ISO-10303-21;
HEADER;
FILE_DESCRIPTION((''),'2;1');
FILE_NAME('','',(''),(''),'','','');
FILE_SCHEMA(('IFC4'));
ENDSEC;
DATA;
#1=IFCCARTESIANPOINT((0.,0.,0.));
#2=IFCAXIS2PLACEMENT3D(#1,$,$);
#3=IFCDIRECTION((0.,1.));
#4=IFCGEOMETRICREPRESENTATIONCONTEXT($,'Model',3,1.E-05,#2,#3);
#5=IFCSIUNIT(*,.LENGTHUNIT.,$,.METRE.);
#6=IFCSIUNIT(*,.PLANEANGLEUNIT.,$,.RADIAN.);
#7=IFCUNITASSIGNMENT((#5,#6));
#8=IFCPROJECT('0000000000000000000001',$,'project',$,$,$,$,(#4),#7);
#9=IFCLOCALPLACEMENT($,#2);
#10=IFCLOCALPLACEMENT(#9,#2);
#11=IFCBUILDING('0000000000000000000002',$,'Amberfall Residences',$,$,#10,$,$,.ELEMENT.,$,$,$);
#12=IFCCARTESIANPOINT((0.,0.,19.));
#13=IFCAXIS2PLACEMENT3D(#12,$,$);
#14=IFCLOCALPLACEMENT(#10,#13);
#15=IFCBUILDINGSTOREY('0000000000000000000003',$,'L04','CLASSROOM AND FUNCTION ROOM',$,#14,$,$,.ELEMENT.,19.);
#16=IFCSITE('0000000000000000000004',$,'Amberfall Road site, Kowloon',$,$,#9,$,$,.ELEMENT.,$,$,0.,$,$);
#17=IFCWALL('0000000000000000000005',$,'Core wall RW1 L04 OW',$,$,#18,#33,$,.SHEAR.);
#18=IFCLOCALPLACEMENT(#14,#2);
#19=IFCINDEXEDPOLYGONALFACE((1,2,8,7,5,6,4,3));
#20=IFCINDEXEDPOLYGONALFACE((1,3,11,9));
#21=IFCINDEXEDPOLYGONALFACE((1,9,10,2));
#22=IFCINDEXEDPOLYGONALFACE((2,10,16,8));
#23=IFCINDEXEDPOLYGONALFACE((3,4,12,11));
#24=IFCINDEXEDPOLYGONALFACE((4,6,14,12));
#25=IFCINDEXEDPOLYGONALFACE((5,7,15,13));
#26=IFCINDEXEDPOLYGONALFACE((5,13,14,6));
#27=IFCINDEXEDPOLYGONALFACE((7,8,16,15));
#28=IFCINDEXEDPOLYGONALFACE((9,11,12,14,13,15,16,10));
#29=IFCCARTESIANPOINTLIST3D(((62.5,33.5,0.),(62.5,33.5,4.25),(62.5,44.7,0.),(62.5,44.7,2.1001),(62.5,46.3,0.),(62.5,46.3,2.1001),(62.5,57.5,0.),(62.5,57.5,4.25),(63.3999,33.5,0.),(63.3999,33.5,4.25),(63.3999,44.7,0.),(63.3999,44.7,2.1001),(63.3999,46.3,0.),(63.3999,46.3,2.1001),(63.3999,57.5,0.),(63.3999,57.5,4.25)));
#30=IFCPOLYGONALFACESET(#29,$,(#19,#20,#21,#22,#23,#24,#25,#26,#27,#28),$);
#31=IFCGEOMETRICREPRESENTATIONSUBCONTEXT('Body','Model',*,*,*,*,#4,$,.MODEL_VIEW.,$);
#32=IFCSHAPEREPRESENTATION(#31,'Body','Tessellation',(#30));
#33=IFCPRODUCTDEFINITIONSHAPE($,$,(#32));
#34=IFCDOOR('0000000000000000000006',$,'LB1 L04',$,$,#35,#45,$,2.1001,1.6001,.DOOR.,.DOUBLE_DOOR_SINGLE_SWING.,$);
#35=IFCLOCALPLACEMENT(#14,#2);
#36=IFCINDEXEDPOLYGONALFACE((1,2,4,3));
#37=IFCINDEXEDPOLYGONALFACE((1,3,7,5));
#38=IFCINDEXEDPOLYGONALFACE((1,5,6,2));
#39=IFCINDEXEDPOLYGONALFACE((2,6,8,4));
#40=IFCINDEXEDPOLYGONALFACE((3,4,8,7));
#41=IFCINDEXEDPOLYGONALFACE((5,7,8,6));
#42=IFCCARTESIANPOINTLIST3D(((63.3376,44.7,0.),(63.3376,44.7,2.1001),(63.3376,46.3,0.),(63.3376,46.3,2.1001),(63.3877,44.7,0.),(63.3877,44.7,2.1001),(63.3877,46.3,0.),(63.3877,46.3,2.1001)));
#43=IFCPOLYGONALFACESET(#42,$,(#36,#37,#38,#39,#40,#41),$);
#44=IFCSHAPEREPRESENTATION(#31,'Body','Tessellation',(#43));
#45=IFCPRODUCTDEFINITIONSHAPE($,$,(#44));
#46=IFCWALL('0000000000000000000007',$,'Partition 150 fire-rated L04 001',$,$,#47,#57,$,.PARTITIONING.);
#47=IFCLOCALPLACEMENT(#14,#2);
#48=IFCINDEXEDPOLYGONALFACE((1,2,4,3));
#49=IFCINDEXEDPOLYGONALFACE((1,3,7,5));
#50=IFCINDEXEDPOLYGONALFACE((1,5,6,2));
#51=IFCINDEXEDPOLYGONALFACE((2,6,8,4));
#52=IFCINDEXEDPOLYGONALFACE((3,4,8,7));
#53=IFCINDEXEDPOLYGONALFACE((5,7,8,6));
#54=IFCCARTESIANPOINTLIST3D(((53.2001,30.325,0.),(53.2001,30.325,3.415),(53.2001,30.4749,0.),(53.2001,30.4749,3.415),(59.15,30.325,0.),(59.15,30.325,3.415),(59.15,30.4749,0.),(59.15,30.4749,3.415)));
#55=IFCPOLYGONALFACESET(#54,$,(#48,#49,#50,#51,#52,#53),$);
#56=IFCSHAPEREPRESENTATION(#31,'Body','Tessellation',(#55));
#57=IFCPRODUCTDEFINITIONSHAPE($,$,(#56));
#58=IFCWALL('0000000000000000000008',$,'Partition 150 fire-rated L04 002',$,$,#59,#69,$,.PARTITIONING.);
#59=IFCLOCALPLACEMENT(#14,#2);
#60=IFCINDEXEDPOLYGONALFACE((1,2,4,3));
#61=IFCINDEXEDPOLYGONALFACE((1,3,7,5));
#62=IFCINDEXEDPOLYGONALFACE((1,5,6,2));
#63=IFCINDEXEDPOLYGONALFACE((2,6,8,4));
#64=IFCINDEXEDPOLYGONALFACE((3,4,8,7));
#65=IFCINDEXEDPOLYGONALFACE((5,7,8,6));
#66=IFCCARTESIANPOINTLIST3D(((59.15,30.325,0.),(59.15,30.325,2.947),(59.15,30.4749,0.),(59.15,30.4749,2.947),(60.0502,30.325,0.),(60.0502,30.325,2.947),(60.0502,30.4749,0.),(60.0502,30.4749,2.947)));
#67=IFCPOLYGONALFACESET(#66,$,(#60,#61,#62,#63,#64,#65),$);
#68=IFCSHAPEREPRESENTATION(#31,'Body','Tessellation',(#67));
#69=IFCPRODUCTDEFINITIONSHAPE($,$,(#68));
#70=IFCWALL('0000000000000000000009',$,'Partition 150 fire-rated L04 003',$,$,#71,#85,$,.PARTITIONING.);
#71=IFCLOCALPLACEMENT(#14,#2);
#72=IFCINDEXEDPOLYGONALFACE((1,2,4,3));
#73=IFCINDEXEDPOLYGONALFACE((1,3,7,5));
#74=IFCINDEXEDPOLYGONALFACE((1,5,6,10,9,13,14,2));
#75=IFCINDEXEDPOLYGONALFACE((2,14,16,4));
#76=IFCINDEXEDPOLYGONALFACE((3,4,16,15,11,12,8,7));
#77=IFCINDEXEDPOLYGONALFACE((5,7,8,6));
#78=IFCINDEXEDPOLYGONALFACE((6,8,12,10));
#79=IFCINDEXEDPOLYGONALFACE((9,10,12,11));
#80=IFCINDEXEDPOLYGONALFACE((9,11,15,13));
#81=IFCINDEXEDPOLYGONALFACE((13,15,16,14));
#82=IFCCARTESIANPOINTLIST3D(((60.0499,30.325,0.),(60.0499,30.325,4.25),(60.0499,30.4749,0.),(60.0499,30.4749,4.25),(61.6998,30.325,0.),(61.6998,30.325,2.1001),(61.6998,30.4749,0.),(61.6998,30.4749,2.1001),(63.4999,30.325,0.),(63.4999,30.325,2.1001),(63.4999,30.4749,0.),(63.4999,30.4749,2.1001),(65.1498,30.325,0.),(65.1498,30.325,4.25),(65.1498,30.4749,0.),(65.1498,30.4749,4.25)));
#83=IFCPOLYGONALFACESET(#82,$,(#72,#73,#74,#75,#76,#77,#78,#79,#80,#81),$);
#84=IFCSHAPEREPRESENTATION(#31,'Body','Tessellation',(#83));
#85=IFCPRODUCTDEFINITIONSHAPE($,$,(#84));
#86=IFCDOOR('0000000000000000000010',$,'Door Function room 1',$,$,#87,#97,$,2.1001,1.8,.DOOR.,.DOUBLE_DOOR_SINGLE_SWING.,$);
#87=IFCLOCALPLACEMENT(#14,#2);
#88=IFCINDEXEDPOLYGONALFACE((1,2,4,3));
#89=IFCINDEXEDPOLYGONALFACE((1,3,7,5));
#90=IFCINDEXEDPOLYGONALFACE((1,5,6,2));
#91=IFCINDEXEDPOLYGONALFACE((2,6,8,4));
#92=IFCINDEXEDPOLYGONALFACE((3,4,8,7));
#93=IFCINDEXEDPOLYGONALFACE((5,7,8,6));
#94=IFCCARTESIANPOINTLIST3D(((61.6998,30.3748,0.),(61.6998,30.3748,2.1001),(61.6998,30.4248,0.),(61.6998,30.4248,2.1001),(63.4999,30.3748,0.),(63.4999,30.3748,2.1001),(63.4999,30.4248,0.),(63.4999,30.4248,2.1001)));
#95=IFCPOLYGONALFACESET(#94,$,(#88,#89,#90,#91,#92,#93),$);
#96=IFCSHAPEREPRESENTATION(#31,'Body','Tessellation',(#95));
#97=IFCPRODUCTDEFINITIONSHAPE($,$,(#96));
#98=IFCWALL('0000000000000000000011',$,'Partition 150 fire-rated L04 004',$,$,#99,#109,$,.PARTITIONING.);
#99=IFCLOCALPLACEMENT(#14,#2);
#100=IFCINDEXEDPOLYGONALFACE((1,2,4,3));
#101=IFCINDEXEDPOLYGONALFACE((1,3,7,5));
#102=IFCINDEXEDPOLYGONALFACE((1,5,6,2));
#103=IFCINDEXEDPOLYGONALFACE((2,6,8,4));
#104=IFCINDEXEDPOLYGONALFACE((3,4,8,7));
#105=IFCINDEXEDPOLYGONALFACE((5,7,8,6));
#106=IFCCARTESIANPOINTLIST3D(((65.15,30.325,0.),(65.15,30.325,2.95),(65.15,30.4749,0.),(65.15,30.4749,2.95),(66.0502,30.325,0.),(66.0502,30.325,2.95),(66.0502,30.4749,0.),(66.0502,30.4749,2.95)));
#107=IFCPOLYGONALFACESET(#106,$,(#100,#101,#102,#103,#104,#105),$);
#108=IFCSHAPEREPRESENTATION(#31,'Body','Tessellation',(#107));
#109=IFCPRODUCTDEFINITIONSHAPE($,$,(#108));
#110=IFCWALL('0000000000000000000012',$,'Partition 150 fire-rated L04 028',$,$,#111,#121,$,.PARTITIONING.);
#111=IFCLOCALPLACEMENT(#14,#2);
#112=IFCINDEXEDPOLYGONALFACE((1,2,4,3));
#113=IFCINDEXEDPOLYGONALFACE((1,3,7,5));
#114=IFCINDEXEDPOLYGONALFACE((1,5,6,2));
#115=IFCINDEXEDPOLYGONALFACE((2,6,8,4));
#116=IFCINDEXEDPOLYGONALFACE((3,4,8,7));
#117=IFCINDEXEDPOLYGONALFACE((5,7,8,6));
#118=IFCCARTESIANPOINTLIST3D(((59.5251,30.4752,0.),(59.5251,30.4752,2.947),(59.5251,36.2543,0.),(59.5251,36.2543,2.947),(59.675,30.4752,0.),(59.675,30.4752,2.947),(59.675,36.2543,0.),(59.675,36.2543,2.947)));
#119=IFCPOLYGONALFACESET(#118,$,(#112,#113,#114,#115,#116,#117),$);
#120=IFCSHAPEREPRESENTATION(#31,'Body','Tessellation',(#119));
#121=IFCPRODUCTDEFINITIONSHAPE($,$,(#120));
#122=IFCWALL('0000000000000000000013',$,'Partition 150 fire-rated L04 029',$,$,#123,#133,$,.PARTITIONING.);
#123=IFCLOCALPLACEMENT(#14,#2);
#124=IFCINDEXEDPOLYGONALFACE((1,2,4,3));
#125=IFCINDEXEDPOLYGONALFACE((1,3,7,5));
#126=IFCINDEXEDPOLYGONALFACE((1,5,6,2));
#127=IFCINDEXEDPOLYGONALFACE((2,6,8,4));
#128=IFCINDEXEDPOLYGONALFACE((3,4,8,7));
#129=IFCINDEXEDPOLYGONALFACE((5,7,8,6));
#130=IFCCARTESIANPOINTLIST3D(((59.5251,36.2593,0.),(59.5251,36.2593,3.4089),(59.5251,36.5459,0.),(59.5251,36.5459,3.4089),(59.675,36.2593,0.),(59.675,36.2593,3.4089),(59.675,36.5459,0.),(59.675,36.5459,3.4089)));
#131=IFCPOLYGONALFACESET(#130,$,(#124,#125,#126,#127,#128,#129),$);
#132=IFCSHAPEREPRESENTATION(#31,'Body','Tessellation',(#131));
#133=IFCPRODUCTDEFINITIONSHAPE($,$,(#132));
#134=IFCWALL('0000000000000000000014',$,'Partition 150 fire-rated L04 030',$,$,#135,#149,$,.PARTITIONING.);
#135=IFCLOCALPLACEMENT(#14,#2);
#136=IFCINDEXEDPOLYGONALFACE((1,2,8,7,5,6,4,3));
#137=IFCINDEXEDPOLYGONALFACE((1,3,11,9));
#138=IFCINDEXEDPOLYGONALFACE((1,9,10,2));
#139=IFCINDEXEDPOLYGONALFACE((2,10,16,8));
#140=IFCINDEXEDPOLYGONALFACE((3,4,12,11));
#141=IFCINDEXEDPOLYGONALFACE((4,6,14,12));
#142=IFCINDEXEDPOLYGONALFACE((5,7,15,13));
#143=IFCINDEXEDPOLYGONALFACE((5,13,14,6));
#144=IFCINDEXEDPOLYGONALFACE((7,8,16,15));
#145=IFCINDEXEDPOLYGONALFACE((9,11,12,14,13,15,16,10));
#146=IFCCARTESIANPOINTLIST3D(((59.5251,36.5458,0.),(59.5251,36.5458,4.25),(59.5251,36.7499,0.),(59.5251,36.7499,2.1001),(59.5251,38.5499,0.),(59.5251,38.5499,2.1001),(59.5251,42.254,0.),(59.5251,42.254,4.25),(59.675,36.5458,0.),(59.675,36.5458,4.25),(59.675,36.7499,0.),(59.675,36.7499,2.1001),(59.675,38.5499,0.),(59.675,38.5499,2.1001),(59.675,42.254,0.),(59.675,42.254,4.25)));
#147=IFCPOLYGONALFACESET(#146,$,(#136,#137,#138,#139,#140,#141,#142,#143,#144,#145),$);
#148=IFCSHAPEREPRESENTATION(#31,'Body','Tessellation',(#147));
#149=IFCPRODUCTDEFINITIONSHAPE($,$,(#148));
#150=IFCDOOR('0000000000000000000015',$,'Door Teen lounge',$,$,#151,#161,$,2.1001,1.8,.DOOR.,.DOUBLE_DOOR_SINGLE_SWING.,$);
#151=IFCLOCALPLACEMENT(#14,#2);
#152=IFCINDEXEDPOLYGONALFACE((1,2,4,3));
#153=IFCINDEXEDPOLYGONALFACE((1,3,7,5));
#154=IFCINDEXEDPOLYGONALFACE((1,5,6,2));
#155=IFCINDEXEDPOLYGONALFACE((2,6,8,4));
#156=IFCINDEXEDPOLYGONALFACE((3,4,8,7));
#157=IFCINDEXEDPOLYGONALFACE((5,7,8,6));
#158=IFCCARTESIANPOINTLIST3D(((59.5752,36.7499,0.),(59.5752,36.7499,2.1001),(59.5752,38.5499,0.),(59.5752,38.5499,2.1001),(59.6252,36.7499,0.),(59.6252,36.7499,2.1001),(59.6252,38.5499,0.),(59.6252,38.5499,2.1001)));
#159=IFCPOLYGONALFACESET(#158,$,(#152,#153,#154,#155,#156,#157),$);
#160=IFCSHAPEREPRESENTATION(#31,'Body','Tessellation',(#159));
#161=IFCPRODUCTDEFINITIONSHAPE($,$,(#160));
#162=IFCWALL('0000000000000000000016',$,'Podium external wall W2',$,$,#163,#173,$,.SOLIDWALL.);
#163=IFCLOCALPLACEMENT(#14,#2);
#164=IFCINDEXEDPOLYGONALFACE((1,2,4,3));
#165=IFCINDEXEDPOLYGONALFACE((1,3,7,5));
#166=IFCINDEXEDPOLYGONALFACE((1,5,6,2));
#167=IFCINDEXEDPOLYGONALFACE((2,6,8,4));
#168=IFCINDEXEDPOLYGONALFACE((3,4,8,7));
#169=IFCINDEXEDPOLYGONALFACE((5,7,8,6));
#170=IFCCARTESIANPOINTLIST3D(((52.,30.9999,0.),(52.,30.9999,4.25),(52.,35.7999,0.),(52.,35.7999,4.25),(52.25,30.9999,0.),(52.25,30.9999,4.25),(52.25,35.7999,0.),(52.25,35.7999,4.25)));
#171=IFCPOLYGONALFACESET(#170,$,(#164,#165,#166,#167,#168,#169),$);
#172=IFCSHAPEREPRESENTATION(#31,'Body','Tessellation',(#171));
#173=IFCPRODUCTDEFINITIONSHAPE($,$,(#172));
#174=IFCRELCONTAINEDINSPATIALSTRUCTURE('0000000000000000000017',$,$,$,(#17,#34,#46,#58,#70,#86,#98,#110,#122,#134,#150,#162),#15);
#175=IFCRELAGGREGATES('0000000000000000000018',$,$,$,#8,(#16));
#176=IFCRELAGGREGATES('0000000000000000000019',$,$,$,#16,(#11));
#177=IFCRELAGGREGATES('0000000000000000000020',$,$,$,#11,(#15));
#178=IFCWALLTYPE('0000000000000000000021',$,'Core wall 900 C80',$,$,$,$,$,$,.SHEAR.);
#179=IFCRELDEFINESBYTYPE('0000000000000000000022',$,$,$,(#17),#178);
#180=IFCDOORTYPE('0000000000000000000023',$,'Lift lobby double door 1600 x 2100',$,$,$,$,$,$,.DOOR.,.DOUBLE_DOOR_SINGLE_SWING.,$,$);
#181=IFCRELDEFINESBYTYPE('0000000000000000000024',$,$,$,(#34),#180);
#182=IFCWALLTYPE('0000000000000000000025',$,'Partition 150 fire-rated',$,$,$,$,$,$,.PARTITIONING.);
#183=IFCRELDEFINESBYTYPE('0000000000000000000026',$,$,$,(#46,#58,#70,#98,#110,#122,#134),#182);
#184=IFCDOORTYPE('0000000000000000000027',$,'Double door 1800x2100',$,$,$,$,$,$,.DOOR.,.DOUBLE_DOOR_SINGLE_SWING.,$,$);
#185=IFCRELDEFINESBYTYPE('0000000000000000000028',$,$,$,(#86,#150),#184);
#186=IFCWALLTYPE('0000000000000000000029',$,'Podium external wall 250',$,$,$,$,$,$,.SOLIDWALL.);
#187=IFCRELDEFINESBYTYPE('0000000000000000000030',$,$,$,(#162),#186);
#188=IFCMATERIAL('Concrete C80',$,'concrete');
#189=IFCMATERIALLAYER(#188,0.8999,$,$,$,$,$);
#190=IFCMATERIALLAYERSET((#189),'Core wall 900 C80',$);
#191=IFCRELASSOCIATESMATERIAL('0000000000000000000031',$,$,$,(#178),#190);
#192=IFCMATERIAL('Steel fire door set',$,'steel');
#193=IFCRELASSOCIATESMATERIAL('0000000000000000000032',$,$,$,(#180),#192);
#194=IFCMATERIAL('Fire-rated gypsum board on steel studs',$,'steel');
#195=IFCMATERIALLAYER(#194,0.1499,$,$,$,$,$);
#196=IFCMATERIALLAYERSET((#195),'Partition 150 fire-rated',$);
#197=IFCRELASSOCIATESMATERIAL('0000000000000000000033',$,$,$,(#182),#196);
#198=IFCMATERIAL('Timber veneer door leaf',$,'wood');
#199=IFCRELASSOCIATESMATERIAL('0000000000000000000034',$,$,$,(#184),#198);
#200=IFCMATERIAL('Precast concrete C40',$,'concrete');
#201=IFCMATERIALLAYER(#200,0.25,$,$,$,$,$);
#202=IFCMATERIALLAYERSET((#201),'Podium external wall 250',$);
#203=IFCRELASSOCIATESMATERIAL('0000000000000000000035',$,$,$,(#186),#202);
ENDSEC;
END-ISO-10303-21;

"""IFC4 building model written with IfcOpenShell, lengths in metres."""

from ifc_helpers import new_model, si_unit, direction, frame, frame_2d, origin, place, context, subcontext, project, spatial, rectangle, extrude, material, layer, layer_set, type_object, element, fill, save


model = new_model("IFC4")

# Units and contexts
model_context = context("Model", 3, precision=1e-05, world=origin(), true_north=direction((0.0, 1.0)))
body_context = subcontext(model_context, "Body", "Model", "MODEL_VIEW")
ifc_project = project(units=[si_unit("LENGTHUNIT", "METRE"), si_unit("PLANEANGLEUNIT", "RADIAN")], contexts=[model_context])

# Site, building, storey
site_placement = place(None, origin())
site = spatial("IfcSite", under=ifc_project, at=site_placement, Name="Amberfall Road site, Kowloon", CompositionType="ELEMENT", RefElevation=0.0)
building_placement = place(site_placement, origin())
building = spatial("IfcBuilding", under=site, at=building_placement, Name="Amberfall Residences", CompositionType="ELEMENT")
storey_placement = place(building_placement, frame((0.0, 0.0, 19.0)))
storey = spatial("IfcBuildingStorey", under=building, at=storey_placement, Name="L04", Description="CLASSROOM AND FUNCTION ROOM", CompositionType="ELEMENT", Elevation=19.0)

# Shared definitions
ifc_material_1 = material(Name="Concrete C80", Category="concrete")

# Shared definitions
ifc_layer_1 = layer(ifc_material_1, 0.8999)
ifc_layer_set_1 = layer_set([ifc_layer_1], Name="Core wall 900 C80")
wall_type_1 = type_object("IfcWallType", Name="Core wall 900 C80", PredefinedType="SHEAR", material=ifc_layer_set_1)
ifc_material_2 = material(Name="Steel fire door set", Category="steel")

# Wall, opening, door
wall_1_placement = place(storey_placement, frame((62.95, 33.5, 0.0), z_axis=(0.0, 0.0, 1.0), x_axis=(0.0, 1.0, 0.0)))
wall_1 = element("IfcWall", 1, at=wall_1_placement, inside=storey, type_object=wall_type_1, Name="Core wall RW1 L04 OW", PredefinedType="SHEAR", context=body_context, shape_type="SweptSolid", body=[
    extrude(rectangle(XDim=24.0, YDim=0.8999, at=frame_2d((12.0, 0.0))), origin(), (0.0, 0.0, 1.0), 4.25),
])
opening_1_placement = place(wall_1_placement, frame((11.2, 0.0, 0.0)))
opening_1 = element("IfcOpeningElement", 2, at=opening_1_placement, cuts=wall_1, PredefinedType="OPENING", context=body_context, shape_type="SweptSolid", body=[
    extrude(rectangle(XDim=1.6001, YDim=2.1001, at=frame_2d((0.8, 1.05))), frame((0.0, 0.46, 0.0), z_axis=(0.0, -1.0, 0.0), x_axis=(1.0, 0.0, 0.0)), (0.0, 0.0, 1.0), 0.9199),
])
door_type_1 = type_object("IfcDoorType", Name="Lift lobby double door 1600 x 2100", OperationType="DOUBLE_DOOR_SINGLE_SWING", PredefinedType="DOOR", material=ifc_material_2)
door_1_placement = place(opening_1_placement, origin())
door_1 = element("IfcDoor", 3, at=door_1_placement, inside=storey, type_object=door_type_1, Name="LB1 L04", OperationType="DOUBLE_DOOR_SINGLE_SWING", OverallHeight=2.1001, OverallWidth=1.6001, PredefinedType="DOOR", context=body_context, shape_type="SweptSolid", body=[
    extrude(rectangle(XDim=1.6001, YDim=2.1001, at=frame_2d((0.8, 1.05))), frame((0.0, -0.3877, 0.0), z_axis=(0.0, -1.0, 0.0), x_axis=(1.0, 0.0, 0.0)), (0.0, 0.0, 1.0), 0.05),
])
fill(opening_1, door_1)

# Walls
ifc_material_3 = material(Name="Fire-rated gypsum board on steel studs", Category="steel")
ifc_layer_2 = layer(ifc_material_3, 0.1499)
ifc_layer_set_2 = layer_set([ifc_layer_2], Name="Partition 150 fire-rated")
wall_type_2 = type_object("IfcWallType", Name="Partition 150 fire-rated", PredefinedType="PARTITIONING", material=ifc_layer_set_2)
wall_2_placement = place(storey_placement, frame((53.2, 30.3999, 0.0), z_axis=(0.0, 0.0, 1.0), x_axis=(1.0, 0.0, 0.0)))
element("IfcWall", 4, at=wall_2_placement, inside=storey, type_object=wall_type_2, Name="Partition 150 fire-rated L04 001", PredefinedType="PARTITIONING", context=body_context, shape_type="SweptSolid", body=[
    extrude(rectangle(XDim=5.95, YDim=0.1499, at=frame_2d((2.9751, 0.0))), origin(), (0.0, 0.0, 1.0), 3.415),
])
wall_3_placement = place(storey_placement, frame((59.1499, 30.3999, 0.0), z_axis=(0.0, 0.0, 1.0), x_axis=(1.0, 0.0, 0.0)))
element("IfcWall", 5, at=wall_3_placement, inside=storey, type_object=wall_type_2, Name="Partition 150 fire-rated L04 002", PredefinedType="PARTITIONING", context=body_context, shape_type="SweptSolid", body=[
    extrude(rectangle(XDim=0.9001, YDim=0.1499, at=frame_2d((0.4502, 0.0))), origin(), (0.0, 0.0, 1.0), 2.947),
])

# Wall, opening, door
wall_4_placement = place(storey_placement, frame((60.05, 30.3999, 0.0), z_axis=(0.0, 0.0, 1.0), x_axis=(1.0, 0.0, 0.0)))
wall_4 = element("IfcWall", 6, at=wall_4_placement, inside=storey, type_object=wall_type_2, Name="Partition 150 fire-rated L04 003", PredefinedType="PARTITIONING", context=body_context, shape_type="SweptSolid", body=[
    extrude(rectangle(XDim=5.0999, YDim=0.1499, at=frame_2d((2.5498, 0.0))), origin(), (0.0, 0.0, 1.0), 4.25),
])
opening_2_placement = place(wall_4_placement, frame((1.6499, 0.0, 0.0)))
opening_2 = element("IfcOpeningElement", 7, at=opening_2_placement, cuts=wall_4, PredefinedType="OPENING", context=body_context, shape_type="SweptSolid", body=[
    extrude(rectangle(XDim=1.8, YDim=2.1001, at=frame_2d((0.8999, 1.05))), frame((0.0, 0.085, 0.0), z_axis=(0.0, -1.0, 0.0), x_axis=(1.0, 0.0, 0.0)), (0.0, 0.0, 1.0), 0.1699),
])
ifc_material_4 = material(Name="Timber veneer door leaf", Category="wood")
door_type_2 = type_object("IfcDoorType", Name="Double door 1800x2100", OperationType="DOUBLE_DOOR_SINGLE_SWING", PredefinedType="DOOR", material=ifc_material_4)
door_2_placement = place(opening_2_placement, origin())
door_2 = element("IfcDoor", 8, at=door_2_placement, inside=storey, type_object=door_type_2, Name="Door Function room 1", OperationType="DOUBLE_DOOR_SINGLE_SWING", OverallHeight=2.1001, OverallWidth=1.8, PredefinedType="DOOR", context=body_context, shape_type="SweptSolid", body=[
    extrude(rectangle(XDim=1.8, YDim=2.1001, at=frame_2d((0.8999, 1.05))), frame((0.0, 0.0249, 0.0), z_axis=(0.0, -1.0, 0.0), x_axis=(1.0, 0.0, 0.0)), (0.0, 0.0, 1.0), 0.05),
])
fill(opening_2, door_2)

# Walls
wall_5_placement = place(storey_placement, frame((65.1499, 30.3999, 0.0), z_axis=(0.0, 0.0, 1.0), x_axis=(1.0, 0.0, 0.0)))
element("IfcWall", 9, at=wall_5_placement, inside=storey, type_object=wall_type_2, Name="Partition 150 fire-rated L04 004", PredefinedType="PARTITIONING", context=body_context, shape_type="SweptSolid", body=[
    extrude(rectangle(XDim=0.9001, YDim=0.1499, at=frame_2d((0.4502, 0.0))), origin(), (0.0, 0.0, 1.0), 2.95),
])
wall_6_placement = place(storey_placement, frame((59.6001, 30.4751, 0.0), z_axis=(0.0, 0.0, 1.0), x_axis=(0.0, 1.0, 0.0)))
element("IfcWall", 10, at=wall_6_placement, inside=storey, type_object=wall_type_2, Name="Partition 150 fire-rated L04 028", PredefinedType="PARTITIONING", context=body_context, shape_type="SweptSolid", body=[
    extrude(rectangle(XDim=5.7791, YDim=0.1499, at=frame_2d((2.8896, 0.0))), origin(), (0.0, 0.0, 1.0), 2.947),
])
wall_7_placement = place(storey_placement, frame((59.6001, 36.2593, 0.0), z_axis=(0.0, 0.0, 1.0), x_axis=(0.0, 1.0, 0.0)))
element("IfcWall", 11, at=wall_7_placement, inside=storey, type_object=wall_type_2, Name="Partition 150 fire-rated L04 029", PredefinedType="PARTITIONING", context=body_context, shape_type="SweptSolid", body=[
    extrude(rectangle(XDim=0.2866, YDim=0.1499, at=frame_2d((0.1433, 0.0))), origin(), (0.0, 0.0, 1.0), 3.4089),
])

# Wall, opening, door
wall_8_placement = place(storey_placement, frame((59.6001, 36.5459, 0.0), z_axis=(0.0, 0.0, 1.0), x_axis=(0.0, 1.0, 0.0)))
wall_8 = element("IfcWall", 12, at=wall_8_placement, inside=storey, type_object=wall_type_2, Name="Partition 150 fire-rated L04 030", PredefinedType="PARTITIONING", context=body_context, shape_type="SweptSolid", body=[
    extrude(rectangle(XDim=5.7083, YDim=0.1499, at=frame_2d((2.854, 0.0))), origin(), (0.0, 0.0, 1.0), 4.25),
])
opening_3_placement = place(wall_8_placement, frame((0.2041, 0.0, 0.0)))
opening_3 = element("IfcOpeningElement", 13, at=opening_3_placement, cuts=wall_8, PredefinedType="OPENING", context=body_context, shape_type="SweptSolid", body=[
    extrude(rectangle(XDim=1.8, YDim=2.1001, at=frame_2d((0.8999, 1.05))), frame((0.0, 0.085, 0.0), z_axis=(0.0, -1.0, 0.0), x_axis=(1.0, 0.0, 0.0)), (0.0, 0.0, 1.0), 0.1699),
])
door_3_placement = place(opening_3_placement, origin())
door_3 = element("IfcDoor", 14, at=door_3_placement, inside=storey, type_object=door_type_2, Name="Door Teen lounge", OperationType="DOUBLE_DOOR_SINGLE_SWING", OverallHeight=2.1001, OverallWidth=1.8, PredefinedType="DOOR", context=body_context, shape_type="SweptSolid", body=[
    extrude(rectangle(XDim=1.8, YDim=2.1001, at=frame_2d((0.8999, 1.05))), frame((0.0, 0.0249, 0.0), z_axis=(0.0, -1.0, 0.0), x_axis=(1.0, 0.0, 0.0)), (0.0, 0.0, 1.0), 0.05),
])
fill(opening_3, door_3)

# Wall
ifc_material_5 = material(Name="Precast concrete C40", Category="concrete")
ifc_layer_3 = layer(ifc_material_5, 0.25)
ifc_layer_set_3 = layer_set([ifc_layer_3], Name="Podium external wall 250")
wall_type_3 = type_object("IfcWallType", Name="Podium external wall 250", PredefinedType="SOLIDWALL", material=ifc_layer_set_3)
for number, where, z_axis, x_axis, name in (
    (15, (52.125, 31.0, 0.0), (0.0, 0.0, 1.0), (0.0, 1.0, 0.0), "Podium external wall W2"),
):
    element("IfcWall", number, at=place(storey_placement, frame(where, z_axis=z_axis, x_axis=x_axis)), inside=storey, type_object=wall_type_3, Name=name, PredefinedType="SOLIDWALL", context=body_context, shape_type="SweptSolid", body=[
        extrude(rectangle(XDim=4.8, YDim=0.25, at=frame_2d((2.3999, 0.0))), origin(), (0.0, 0.0, 1.0), 4.25),
    ])

save(model, "model.ifc")
